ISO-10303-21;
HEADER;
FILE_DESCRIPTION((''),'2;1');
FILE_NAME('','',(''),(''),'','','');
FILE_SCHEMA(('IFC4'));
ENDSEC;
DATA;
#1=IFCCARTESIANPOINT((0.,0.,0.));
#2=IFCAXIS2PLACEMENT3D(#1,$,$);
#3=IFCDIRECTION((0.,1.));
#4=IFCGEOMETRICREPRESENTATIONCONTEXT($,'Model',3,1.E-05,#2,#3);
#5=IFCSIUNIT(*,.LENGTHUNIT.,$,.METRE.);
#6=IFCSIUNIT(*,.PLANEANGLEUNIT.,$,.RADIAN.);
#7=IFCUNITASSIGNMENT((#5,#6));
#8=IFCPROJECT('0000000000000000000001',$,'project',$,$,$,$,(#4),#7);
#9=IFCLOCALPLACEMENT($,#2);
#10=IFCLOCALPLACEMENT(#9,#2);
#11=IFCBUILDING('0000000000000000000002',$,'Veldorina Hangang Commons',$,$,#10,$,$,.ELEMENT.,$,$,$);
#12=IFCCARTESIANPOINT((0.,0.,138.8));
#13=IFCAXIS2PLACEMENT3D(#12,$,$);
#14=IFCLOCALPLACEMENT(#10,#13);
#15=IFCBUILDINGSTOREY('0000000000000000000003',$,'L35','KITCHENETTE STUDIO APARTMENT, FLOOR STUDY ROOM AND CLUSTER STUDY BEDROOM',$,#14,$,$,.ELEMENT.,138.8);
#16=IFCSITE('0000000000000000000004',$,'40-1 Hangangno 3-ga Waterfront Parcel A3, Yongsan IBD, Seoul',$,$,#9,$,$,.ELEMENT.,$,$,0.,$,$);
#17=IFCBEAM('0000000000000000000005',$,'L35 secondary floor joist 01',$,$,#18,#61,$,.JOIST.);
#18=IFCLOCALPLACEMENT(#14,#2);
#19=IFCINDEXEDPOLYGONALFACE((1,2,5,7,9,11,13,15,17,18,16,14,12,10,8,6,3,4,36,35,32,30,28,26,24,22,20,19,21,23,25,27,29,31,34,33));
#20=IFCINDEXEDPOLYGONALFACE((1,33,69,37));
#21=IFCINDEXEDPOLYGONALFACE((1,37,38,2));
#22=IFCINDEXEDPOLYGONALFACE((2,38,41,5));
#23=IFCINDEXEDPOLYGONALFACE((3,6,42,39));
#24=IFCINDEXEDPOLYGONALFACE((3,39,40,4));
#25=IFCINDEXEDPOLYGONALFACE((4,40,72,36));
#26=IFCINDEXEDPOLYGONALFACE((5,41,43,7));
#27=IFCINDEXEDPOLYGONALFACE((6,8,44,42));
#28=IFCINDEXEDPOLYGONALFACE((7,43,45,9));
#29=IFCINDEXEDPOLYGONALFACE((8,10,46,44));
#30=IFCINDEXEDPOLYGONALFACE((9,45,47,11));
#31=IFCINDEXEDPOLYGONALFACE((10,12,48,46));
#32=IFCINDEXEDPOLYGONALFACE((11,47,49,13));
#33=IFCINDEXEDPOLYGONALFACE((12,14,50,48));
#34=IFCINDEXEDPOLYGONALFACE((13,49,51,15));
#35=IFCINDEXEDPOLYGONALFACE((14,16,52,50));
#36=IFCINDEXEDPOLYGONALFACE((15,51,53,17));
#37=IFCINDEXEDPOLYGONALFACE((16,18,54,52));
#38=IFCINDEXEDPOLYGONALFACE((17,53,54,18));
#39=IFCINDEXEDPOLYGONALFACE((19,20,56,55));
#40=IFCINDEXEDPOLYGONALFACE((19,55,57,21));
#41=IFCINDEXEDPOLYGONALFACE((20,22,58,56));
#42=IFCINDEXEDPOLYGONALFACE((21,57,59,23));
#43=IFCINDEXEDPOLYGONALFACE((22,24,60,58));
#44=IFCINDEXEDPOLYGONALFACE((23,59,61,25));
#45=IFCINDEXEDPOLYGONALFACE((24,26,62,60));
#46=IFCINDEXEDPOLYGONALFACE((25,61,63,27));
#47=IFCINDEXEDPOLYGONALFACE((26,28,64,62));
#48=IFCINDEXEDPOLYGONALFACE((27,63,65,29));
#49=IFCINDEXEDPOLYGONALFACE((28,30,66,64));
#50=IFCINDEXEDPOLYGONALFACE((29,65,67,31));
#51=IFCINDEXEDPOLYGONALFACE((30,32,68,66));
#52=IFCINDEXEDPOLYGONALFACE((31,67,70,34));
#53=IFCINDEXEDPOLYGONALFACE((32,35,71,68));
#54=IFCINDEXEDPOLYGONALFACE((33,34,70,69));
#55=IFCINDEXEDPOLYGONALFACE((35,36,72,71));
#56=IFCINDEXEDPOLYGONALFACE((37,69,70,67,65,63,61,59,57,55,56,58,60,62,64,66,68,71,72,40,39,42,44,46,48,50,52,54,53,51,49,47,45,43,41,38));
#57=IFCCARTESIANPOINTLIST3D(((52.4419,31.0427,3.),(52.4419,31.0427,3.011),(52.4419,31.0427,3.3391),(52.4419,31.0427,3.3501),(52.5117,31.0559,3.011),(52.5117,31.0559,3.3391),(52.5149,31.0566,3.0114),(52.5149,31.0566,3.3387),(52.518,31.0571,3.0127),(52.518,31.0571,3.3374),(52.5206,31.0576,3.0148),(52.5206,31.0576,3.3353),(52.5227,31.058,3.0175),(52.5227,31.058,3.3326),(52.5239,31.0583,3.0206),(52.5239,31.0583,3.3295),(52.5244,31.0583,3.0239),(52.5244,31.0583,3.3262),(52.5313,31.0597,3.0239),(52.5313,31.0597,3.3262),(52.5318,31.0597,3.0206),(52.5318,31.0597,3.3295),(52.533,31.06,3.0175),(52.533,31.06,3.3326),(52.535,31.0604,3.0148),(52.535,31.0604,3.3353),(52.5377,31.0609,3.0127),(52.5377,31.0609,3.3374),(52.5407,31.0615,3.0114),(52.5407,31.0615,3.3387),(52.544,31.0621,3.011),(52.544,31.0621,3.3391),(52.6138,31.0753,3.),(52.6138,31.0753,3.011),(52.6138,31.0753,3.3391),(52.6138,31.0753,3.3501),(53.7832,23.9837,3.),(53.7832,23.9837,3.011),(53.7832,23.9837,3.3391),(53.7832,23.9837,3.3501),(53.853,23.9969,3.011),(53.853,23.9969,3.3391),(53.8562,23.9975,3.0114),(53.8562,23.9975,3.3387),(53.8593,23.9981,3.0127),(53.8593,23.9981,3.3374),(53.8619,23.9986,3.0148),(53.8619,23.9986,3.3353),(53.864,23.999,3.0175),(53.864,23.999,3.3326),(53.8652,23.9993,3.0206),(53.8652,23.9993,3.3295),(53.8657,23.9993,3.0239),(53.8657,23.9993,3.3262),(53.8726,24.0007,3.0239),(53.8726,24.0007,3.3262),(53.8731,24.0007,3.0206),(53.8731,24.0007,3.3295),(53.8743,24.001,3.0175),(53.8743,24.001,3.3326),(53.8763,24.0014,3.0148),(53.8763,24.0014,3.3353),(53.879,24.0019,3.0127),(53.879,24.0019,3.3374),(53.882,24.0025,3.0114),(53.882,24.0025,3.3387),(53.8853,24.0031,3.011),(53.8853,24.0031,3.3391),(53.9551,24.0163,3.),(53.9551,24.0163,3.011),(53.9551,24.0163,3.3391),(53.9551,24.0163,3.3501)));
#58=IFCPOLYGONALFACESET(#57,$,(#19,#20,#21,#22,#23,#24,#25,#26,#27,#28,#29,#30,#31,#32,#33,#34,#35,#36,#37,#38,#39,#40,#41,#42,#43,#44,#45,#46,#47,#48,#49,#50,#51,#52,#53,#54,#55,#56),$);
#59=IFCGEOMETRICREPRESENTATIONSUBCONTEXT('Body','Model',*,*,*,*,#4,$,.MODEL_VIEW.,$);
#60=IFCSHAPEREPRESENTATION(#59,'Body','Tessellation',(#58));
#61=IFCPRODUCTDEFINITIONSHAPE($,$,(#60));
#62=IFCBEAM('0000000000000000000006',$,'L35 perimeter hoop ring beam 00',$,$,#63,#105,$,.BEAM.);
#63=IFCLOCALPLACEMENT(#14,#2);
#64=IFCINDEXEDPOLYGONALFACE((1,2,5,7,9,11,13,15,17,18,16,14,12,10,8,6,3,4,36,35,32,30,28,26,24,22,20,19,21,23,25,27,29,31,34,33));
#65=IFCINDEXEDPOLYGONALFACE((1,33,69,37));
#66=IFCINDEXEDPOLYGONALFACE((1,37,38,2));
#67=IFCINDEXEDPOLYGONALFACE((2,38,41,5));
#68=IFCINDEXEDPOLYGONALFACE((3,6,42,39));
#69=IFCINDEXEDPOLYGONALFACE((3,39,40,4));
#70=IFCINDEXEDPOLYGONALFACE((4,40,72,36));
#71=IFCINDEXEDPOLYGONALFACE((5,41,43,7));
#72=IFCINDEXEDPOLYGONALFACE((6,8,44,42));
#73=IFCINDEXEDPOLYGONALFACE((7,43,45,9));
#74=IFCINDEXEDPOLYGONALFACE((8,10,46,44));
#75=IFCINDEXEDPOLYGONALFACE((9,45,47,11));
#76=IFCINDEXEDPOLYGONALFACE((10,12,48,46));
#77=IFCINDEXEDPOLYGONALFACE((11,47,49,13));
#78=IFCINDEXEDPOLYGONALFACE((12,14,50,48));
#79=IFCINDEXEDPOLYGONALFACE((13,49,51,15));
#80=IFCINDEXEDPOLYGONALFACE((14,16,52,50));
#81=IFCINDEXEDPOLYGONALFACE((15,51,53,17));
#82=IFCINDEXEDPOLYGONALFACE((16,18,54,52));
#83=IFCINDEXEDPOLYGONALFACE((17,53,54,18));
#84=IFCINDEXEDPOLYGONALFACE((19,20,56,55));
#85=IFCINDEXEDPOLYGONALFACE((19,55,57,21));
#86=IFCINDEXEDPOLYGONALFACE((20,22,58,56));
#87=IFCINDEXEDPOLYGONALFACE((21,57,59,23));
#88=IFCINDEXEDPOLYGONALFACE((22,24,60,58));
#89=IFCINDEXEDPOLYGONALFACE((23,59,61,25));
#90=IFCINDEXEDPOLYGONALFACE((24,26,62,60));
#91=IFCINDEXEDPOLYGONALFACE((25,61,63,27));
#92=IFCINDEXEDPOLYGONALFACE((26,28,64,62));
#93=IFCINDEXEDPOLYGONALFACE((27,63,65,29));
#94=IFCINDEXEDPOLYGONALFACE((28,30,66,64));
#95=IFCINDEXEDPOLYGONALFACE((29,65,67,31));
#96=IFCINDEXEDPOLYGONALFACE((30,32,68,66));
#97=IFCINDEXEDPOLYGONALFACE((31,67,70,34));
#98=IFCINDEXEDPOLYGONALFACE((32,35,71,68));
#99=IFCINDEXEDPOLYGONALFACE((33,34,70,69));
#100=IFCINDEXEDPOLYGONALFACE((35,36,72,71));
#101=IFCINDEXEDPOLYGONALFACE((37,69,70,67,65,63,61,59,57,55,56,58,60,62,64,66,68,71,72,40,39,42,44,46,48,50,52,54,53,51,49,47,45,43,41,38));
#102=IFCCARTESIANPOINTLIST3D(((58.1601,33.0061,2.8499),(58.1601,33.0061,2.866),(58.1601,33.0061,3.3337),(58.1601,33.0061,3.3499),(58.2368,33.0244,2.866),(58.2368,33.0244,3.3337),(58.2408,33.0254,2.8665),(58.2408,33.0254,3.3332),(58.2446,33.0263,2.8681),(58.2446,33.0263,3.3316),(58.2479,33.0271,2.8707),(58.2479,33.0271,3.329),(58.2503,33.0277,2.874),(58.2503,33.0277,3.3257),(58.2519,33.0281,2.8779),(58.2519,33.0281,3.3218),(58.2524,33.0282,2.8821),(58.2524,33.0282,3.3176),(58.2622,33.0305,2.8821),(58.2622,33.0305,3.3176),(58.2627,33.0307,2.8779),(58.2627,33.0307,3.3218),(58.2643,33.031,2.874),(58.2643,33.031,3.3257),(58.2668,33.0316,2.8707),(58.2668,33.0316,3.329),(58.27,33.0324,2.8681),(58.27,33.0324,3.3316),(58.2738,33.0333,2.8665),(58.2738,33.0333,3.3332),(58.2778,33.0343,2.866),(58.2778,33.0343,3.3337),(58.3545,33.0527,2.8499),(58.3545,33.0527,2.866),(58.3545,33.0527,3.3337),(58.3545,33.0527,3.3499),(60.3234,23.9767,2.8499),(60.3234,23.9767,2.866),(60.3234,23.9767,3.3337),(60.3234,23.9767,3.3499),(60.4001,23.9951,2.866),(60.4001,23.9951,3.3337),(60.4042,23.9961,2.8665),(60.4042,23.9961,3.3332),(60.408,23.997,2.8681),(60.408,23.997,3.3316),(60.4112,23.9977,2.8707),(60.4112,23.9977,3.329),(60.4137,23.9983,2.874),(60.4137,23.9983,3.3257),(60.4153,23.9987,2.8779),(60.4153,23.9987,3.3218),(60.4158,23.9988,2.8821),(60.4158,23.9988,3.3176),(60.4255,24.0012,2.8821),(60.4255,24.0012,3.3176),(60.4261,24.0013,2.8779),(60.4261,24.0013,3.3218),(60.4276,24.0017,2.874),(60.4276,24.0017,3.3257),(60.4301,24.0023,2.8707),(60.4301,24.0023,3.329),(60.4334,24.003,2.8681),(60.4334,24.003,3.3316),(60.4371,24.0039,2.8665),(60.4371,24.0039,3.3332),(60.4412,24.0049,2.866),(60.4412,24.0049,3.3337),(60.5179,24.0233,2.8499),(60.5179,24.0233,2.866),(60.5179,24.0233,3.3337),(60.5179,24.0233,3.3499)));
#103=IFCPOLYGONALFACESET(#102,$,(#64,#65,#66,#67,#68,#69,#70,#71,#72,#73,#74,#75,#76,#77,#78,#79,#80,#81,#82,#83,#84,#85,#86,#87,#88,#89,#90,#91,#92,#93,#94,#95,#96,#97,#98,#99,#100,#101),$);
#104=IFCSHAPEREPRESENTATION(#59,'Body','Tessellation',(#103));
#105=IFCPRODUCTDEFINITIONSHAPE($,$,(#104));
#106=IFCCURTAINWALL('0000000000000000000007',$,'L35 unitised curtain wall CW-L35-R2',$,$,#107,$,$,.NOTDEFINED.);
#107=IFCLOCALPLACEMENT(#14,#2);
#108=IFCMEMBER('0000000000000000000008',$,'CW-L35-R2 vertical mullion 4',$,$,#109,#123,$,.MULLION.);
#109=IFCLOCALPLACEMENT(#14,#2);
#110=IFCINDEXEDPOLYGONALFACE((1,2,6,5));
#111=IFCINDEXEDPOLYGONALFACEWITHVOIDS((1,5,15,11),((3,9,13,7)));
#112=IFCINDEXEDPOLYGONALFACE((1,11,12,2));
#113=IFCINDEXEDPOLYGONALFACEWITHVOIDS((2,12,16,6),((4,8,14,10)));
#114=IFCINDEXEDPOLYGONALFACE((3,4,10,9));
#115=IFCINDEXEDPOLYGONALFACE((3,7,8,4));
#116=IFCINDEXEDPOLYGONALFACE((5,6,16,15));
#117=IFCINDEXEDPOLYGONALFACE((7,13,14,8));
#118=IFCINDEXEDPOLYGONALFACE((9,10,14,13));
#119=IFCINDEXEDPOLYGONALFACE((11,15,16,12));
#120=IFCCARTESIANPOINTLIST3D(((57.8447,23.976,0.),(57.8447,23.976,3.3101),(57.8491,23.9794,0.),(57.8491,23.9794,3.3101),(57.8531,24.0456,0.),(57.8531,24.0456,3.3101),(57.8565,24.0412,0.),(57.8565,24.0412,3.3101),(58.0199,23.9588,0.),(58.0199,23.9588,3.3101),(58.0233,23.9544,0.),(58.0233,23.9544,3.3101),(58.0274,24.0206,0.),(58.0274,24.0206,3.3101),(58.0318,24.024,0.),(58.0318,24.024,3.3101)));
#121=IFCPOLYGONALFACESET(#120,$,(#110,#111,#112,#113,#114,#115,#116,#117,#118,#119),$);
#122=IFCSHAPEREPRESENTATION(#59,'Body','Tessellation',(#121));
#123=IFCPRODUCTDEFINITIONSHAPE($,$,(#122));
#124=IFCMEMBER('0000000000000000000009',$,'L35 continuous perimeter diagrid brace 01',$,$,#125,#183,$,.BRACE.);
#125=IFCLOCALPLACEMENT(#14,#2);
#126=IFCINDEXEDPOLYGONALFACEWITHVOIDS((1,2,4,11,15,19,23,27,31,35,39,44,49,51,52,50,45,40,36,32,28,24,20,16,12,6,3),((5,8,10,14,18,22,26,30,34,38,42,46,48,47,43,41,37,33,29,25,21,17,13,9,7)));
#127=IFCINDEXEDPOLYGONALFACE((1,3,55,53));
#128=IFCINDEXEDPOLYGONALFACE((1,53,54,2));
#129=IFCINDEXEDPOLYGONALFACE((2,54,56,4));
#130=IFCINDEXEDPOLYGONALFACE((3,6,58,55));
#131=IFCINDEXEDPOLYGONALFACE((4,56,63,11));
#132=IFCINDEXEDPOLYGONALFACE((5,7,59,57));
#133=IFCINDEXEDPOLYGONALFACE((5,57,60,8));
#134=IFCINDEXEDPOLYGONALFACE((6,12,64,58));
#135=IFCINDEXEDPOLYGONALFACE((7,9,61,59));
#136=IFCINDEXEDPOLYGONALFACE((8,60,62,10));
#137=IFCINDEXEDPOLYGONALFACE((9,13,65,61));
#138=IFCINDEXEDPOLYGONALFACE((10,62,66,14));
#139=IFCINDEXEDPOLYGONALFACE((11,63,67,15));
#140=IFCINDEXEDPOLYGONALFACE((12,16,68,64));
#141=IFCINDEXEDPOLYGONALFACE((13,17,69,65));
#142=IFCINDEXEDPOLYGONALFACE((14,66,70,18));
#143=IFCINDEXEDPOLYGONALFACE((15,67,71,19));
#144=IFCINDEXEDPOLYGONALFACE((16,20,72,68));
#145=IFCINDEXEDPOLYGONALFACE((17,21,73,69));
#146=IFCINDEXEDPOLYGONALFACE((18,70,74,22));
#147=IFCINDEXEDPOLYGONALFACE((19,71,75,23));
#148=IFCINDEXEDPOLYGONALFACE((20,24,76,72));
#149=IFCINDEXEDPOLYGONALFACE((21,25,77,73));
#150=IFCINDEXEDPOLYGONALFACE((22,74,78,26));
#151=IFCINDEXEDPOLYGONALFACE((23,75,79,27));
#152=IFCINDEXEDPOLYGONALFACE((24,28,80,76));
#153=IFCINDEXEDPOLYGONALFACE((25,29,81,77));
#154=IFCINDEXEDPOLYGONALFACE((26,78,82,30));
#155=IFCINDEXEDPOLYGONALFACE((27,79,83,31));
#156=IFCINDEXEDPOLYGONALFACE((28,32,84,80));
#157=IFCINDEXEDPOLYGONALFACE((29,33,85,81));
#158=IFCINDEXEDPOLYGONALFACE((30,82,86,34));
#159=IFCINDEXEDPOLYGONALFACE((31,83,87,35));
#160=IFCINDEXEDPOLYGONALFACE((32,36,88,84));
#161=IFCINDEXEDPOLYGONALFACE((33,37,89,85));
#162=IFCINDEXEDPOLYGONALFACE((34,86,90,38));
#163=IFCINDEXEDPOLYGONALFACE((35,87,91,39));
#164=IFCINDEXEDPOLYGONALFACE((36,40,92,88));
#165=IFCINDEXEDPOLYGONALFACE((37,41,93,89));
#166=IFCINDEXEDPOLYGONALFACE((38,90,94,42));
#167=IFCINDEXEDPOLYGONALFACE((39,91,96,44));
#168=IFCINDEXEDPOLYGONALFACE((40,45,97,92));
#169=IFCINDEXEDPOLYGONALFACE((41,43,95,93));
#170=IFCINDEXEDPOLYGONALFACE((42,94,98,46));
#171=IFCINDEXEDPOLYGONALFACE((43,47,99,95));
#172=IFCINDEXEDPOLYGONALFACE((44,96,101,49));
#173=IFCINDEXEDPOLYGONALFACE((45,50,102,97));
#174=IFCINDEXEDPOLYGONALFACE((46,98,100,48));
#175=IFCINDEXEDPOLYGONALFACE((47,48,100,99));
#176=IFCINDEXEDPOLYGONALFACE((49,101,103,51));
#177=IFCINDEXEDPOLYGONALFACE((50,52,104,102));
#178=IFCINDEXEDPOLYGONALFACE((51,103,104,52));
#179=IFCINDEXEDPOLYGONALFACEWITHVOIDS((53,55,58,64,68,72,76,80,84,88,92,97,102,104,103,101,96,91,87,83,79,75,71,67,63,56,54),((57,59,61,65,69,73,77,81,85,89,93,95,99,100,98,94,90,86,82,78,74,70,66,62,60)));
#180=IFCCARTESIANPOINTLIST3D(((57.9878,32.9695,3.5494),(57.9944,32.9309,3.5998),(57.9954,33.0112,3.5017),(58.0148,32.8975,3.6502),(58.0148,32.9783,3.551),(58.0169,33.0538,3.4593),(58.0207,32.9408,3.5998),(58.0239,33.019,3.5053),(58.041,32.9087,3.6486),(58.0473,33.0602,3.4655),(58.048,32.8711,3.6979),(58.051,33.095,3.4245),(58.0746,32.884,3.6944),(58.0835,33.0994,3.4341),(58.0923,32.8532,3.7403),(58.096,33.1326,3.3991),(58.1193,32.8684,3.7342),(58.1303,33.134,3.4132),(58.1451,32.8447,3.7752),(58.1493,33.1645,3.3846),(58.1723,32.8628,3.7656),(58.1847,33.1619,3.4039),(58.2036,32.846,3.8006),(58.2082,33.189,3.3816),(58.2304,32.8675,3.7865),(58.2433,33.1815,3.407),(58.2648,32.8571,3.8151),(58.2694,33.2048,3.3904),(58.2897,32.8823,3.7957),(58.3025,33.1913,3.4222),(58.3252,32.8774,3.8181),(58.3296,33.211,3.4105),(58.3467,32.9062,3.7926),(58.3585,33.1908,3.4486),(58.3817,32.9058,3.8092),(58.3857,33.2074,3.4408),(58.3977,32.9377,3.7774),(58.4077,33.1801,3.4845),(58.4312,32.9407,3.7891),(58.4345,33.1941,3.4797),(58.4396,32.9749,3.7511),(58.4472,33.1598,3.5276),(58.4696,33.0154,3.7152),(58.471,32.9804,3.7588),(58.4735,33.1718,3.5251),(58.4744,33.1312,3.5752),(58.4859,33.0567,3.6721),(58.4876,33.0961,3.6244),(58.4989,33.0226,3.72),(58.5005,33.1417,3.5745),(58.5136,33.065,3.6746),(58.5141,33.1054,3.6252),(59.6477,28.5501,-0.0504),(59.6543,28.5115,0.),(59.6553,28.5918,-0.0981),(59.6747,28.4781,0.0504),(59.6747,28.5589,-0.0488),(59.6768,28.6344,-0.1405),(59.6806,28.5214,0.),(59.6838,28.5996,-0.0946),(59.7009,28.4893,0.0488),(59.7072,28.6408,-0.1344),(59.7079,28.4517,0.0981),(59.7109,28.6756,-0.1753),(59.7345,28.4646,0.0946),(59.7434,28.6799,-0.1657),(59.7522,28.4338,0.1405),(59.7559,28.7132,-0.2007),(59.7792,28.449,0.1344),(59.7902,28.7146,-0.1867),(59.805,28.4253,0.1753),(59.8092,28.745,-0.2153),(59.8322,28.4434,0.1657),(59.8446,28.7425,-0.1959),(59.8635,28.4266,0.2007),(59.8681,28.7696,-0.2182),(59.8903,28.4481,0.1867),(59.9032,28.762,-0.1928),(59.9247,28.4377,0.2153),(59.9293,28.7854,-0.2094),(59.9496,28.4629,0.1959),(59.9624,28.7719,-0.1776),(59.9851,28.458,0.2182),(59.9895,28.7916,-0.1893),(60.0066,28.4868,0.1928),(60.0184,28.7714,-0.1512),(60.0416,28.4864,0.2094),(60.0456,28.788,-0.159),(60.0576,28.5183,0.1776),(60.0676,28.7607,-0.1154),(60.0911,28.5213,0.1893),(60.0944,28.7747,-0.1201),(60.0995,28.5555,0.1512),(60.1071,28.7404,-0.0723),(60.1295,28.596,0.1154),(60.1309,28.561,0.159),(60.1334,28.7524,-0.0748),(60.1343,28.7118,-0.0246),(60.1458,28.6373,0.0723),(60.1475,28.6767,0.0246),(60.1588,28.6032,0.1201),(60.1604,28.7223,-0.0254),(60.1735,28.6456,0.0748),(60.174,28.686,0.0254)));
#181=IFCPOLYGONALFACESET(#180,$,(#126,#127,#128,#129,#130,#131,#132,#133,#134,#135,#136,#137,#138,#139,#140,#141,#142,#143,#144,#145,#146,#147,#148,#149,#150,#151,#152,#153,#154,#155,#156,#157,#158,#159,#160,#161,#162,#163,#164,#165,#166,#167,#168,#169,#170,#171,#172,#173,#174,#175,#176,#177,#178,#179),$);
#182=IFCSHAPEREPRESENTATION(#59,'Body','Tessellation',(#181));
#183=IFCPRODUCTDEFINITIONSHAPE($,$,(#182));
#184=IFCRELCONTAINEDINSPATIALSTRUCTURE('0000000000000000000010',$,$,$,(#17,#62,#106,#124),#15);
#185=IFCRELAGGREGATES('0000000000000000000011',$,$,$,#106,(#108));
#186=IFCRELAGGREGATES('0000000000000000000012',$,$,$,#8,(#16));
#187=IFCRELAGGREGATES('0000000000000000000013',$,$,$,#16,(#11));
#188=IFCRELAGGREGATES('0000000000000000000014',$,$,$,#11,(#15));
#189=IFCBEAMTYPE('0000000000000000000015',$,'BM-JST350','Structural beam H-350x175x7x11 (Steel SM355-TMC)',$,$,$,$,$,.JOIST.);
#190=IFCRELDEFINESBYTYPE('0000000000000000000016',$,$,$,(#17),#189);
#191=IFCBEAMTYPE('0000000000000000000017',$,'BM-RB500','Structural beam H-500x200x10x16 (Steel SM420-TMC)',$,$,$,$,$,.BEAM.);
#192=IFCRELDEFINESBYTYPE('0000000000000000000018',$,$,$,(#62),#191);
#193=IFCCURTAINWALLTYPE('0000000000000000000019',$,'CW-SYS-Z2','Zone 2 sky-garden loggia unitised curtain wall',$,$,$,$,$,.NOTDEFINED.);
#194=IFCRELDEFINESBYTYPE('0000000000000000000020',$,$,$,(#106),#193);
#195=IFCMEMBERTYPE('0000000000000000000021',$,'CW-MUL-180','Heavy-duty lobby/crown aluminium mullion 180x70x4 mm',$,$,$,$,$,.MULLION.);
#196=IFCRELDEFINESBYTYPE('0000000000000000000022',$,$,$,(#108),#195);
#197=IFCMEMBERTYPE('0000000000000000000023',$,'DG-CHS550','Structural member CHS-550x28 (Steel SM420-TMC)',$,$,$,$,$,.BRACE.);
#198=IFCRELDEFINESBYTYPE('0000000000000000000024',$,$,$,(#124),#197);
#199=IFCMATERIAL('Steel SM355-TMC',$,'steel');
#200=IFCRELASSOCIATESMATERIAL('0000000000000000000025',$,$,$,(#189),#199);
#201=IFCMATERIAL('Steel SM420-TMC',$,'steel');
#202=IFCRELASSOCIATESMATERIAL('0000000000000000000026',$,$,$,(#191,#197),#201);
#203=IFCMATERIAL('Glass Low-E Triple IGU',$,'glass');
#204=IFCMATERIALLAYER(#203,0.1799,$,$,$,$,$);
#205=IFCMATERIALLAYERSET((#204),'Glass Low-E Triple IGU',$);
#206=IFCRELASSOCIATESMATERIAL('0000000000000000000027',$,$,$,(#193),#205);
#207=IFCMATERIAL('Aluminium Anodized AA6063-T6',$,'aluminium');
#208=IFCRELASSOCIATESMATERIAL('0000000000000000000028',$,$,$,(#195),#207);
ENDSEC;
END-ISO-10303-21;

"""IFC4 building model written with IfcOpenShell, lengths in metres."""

from ifc_helpers import new_model, si_unit, direction, frame, origin, origin_2d, place, context, subcontext, project, spatial, hollow_rectangle, hollow_circle, i_section, extrude, material, layer, layer_set, material_profile, profile_set, type_object, element, aggregate, save


model = new_model("IFC4")

# Units and contexts
model_context = context("Model", 3, precision=1e-05, world=origin(), true_north=direction((0.0, 1.0)))
body_context = subcontext(model_context, "Body", "Model", "MODEL_VIEW")
ifc_project = project(units=[si_unit("LENGTHUNIT", "METRE"), si_unit("PLANEANGLEUNIT", "RADIAN")], contexts=[model_context])

# Site, building, storey
site_placement = place(None, origin())
site = spatial("IfcSite", under=ifc_project, at=site_placement, Name="40-1 Hangangno 3-ga Waterfront Parcel A3, Yongsan IBD, Seoul", CompositionType="ELEMENT", RefElevation=0.0)
building_placement = place(site_placement, origin())
building = spatial("IfcBuilding", under=site, at=building_placement, Name="Veldorina Hangang Commons", CompositionType="ELEMENT")
storey_placement = place(building_placement, frame((0.0, 0.0, 138.8)))
storey = spatial("IfcBuildingStorey", under=building, at=storey_placement, Name="L35", Description="KITCHENETTE STUDIO APARTMENT, FLOOR STUDY ROOM AND CLUSTER STUDY BEDROOM", CompositionType="ELEMENT", Elevation=138.8)

# Beams
ifc_material_1 = material(Name="Steel SM355-TMC", Category="steel")
ifc_material_profile_1 = material_profile(ifc_material_1, i_section(OverallWidth=0.175, OverallDepth=0.3501, WebThickness=0.0071, FlangeThickness=0.011, FilletRadius=0.0129, at=origin_2d()), Name="H-350x175x7x11")
ifc_profile_set_1 = profile_set([ifc_material_profile_1], Name="Steel SM355-TMC")
beam_type_1 = type_object("IfcBeamType", Name="BM-JST350", Description="Structural beam H-350x175x7x11 (Steel SM355-TMC)", PredefinedType="JOIST", material=ifc_profile_set_1)
beam_1_placement = place(storey_placement, frame((53.8691, 24.0, 3.175), z_axis=(-0.186672, 0.982422, 0.0), x_axis=(-0.982422, -0.186672, 0.0)))
element("IfcBeam", 1, at=beam_1_placement, inside=storey, type_object=beam_type_1, Name="L35 secondary floor joist 01", PredefinedType="JOIST", context=body_context, shape_type="SweptSolid", body=[
    extrude(i_section(OverallWidth=0.175, OverallDepth=0.3501, WebThickness=0.0071, FlangeThickness=0.011, FilletRadius=0.0129, at=origin_2d()), origin(), (0.0, 0.0, 1.0), 7.1853),
])
ifc_material_2 = material(Name="Steel SM420-TMC", Category="steel")
ifc_material_profile_2 = material_profile(ifc_material_2, i_section(OverallWidth=0.2, OverallDepth=0.5, WebThickness=0.01, FlangeThickness=0.0161, FilletRadius=0.0161, at=origin_2d()), Name="H-500x200x10x16")
ifc_profile_set_2 = profile_set([ifc_material_profile_2], Name="Steel SM420-TMC")
beam_type_2 = type_object("IfcBeamType", Name="BM-RB500", Description="Structural beam H-500x200x10x16 (Steel SM420-TMC)", PredefinedType="BEAM", material=ifc_profile_set_2)
beam_2_placement = place(storey_placement, frame((60.4207, 24.0, 3.0999), z_axis=(-0.232996, 0.972478, 0.0), x_axis=(-0.972478, -0.232996, 0.0)))
element("IfcBeam", 2, at=beam_2_placement, inside=storey, type_object=beam_type_2, Name="L35 perimeter hoop ring beam 00", PredefinedType="BEAM", context=body_context, shape_type="SweptSolid", body=[
    extrude(i_section(OverallWidth=0.2, OverallDepth=0.5, WebThickness=0.01, FlangeThickness=0.0161, FilletRadius=0.0161, at=origin_2d()), origin(), (0.0, 0.0, 1.0), 9.2849),
])

# Curtain wall, member
ifc_material_3 = material(Name="Glass Low-E Triple IGU", Category="glass")
ifc_layer_1 = layer(ifc_material_3, 0.1799)
ifc_layer_set_1 = layer_set([ifc_layer_1], Name="Glass Low-E Triple IGU")
curtain_wall_type = type_object("IfcCurtainWallType", Name="CW-SYS-Z2", Description="Zone 2 sky-garden loggia unitised curtain wall", PredefinedType="NOTDEFINED", material=ifc_layer_set_1)
curtain_wall_placement = place(storey_placement, origin())
curtain_wall = element("IfcCurtainWall", 3, at=curtain_wall_placement, inside=storey, type_object=curtain_wall_type, Name="L35 unitised curtain wall CW-L35-R2", PredefinedType="NOTDEFINED")
ifc_material_4 = material(Name="Aluminium Anodized AA6063-T6", Category="aluminium")
ifc_material_profile_3 = material_profile(ifc_material_4, hollow_rectangle(XDim=0.0701, YDim=0.1799, WallThickness=0.0039, at=origin_2d()), Name="ALU-RHS-180x70x4")
ifc_profile_set_3 = profile_set([ifc_material_profile_3], Name="Aluminium Anodized AA6063-T6")
member_type_1 = type_object("IfcMemberType", Name="CW-MUL-180", Description="Heavy-duty lobby/crown aluminium mullion 180x70x4 mm", PredefinedType="MULLION", material=ifc_profile_set_3)
member_1_placement = place(storey_placement, frame((57.9382, 24.0, 0.0), z_axis=(0.0, 0.0, 1.0), x_axis=(-0.120189, -0.992751, 0.0)))
member_1 = element("IfcMember", 4, at=member_1_placement, type_object=member_type_1, Name="CW-L35-R2 vertical mullion 4", PredefinedType="MULLION", context=body_context, shape_type="SweptSolid", body=[
    extrude(hollow_rectangle(XDim=0.0701, YDim=0.1799, WallThickness=0.0039, at=origin_2d()), origin(), (0.0, 0.0, 1.0), 3.3101),
])
aggregate(curtain_wall, [member_1])

# Member
ifc_material_profile_4 = material_profile(ifc_material_2, hollow_circle(Radius=0.2749, WallThickness=0.0281, at=origin_2d()), Name="CHS-550x28")
ifc_profile_set_4 = profile_set([ifc_material_profile_4], Name="Steel SM420-TMC")
member_type_2 = type_object("IfcMemberType", Name="DG-CHS550", Description="Structural member CHS-550x28 (Steel SM420-TMC)", PredefinedType="BRACE", material=ifc_profile_set_4)
member_2_placement = place(storey_placement, frame((59.9116, 28.6082, 0.0), z_axis=(-0.279597, 0.744413, 0.606362), x_axis=(-0.936146, -0.351611, 0.0)))
element("IfcMember", 5, at=member_2_placement, inside=storey, type_object=member_type_2, Name="L35 continuous perimeter diagrid brace 01", PredefinedType="BRACE", context=body_context, shape_type="SweptSolid", body=[
    extrude(hollow_circle(Radius=0.2749, WallThickness=0.0281, at=origin_2d()), origin(), (0.0, 0.0, 1.0), 5.9368),
])

save(model, "model.ifc")
